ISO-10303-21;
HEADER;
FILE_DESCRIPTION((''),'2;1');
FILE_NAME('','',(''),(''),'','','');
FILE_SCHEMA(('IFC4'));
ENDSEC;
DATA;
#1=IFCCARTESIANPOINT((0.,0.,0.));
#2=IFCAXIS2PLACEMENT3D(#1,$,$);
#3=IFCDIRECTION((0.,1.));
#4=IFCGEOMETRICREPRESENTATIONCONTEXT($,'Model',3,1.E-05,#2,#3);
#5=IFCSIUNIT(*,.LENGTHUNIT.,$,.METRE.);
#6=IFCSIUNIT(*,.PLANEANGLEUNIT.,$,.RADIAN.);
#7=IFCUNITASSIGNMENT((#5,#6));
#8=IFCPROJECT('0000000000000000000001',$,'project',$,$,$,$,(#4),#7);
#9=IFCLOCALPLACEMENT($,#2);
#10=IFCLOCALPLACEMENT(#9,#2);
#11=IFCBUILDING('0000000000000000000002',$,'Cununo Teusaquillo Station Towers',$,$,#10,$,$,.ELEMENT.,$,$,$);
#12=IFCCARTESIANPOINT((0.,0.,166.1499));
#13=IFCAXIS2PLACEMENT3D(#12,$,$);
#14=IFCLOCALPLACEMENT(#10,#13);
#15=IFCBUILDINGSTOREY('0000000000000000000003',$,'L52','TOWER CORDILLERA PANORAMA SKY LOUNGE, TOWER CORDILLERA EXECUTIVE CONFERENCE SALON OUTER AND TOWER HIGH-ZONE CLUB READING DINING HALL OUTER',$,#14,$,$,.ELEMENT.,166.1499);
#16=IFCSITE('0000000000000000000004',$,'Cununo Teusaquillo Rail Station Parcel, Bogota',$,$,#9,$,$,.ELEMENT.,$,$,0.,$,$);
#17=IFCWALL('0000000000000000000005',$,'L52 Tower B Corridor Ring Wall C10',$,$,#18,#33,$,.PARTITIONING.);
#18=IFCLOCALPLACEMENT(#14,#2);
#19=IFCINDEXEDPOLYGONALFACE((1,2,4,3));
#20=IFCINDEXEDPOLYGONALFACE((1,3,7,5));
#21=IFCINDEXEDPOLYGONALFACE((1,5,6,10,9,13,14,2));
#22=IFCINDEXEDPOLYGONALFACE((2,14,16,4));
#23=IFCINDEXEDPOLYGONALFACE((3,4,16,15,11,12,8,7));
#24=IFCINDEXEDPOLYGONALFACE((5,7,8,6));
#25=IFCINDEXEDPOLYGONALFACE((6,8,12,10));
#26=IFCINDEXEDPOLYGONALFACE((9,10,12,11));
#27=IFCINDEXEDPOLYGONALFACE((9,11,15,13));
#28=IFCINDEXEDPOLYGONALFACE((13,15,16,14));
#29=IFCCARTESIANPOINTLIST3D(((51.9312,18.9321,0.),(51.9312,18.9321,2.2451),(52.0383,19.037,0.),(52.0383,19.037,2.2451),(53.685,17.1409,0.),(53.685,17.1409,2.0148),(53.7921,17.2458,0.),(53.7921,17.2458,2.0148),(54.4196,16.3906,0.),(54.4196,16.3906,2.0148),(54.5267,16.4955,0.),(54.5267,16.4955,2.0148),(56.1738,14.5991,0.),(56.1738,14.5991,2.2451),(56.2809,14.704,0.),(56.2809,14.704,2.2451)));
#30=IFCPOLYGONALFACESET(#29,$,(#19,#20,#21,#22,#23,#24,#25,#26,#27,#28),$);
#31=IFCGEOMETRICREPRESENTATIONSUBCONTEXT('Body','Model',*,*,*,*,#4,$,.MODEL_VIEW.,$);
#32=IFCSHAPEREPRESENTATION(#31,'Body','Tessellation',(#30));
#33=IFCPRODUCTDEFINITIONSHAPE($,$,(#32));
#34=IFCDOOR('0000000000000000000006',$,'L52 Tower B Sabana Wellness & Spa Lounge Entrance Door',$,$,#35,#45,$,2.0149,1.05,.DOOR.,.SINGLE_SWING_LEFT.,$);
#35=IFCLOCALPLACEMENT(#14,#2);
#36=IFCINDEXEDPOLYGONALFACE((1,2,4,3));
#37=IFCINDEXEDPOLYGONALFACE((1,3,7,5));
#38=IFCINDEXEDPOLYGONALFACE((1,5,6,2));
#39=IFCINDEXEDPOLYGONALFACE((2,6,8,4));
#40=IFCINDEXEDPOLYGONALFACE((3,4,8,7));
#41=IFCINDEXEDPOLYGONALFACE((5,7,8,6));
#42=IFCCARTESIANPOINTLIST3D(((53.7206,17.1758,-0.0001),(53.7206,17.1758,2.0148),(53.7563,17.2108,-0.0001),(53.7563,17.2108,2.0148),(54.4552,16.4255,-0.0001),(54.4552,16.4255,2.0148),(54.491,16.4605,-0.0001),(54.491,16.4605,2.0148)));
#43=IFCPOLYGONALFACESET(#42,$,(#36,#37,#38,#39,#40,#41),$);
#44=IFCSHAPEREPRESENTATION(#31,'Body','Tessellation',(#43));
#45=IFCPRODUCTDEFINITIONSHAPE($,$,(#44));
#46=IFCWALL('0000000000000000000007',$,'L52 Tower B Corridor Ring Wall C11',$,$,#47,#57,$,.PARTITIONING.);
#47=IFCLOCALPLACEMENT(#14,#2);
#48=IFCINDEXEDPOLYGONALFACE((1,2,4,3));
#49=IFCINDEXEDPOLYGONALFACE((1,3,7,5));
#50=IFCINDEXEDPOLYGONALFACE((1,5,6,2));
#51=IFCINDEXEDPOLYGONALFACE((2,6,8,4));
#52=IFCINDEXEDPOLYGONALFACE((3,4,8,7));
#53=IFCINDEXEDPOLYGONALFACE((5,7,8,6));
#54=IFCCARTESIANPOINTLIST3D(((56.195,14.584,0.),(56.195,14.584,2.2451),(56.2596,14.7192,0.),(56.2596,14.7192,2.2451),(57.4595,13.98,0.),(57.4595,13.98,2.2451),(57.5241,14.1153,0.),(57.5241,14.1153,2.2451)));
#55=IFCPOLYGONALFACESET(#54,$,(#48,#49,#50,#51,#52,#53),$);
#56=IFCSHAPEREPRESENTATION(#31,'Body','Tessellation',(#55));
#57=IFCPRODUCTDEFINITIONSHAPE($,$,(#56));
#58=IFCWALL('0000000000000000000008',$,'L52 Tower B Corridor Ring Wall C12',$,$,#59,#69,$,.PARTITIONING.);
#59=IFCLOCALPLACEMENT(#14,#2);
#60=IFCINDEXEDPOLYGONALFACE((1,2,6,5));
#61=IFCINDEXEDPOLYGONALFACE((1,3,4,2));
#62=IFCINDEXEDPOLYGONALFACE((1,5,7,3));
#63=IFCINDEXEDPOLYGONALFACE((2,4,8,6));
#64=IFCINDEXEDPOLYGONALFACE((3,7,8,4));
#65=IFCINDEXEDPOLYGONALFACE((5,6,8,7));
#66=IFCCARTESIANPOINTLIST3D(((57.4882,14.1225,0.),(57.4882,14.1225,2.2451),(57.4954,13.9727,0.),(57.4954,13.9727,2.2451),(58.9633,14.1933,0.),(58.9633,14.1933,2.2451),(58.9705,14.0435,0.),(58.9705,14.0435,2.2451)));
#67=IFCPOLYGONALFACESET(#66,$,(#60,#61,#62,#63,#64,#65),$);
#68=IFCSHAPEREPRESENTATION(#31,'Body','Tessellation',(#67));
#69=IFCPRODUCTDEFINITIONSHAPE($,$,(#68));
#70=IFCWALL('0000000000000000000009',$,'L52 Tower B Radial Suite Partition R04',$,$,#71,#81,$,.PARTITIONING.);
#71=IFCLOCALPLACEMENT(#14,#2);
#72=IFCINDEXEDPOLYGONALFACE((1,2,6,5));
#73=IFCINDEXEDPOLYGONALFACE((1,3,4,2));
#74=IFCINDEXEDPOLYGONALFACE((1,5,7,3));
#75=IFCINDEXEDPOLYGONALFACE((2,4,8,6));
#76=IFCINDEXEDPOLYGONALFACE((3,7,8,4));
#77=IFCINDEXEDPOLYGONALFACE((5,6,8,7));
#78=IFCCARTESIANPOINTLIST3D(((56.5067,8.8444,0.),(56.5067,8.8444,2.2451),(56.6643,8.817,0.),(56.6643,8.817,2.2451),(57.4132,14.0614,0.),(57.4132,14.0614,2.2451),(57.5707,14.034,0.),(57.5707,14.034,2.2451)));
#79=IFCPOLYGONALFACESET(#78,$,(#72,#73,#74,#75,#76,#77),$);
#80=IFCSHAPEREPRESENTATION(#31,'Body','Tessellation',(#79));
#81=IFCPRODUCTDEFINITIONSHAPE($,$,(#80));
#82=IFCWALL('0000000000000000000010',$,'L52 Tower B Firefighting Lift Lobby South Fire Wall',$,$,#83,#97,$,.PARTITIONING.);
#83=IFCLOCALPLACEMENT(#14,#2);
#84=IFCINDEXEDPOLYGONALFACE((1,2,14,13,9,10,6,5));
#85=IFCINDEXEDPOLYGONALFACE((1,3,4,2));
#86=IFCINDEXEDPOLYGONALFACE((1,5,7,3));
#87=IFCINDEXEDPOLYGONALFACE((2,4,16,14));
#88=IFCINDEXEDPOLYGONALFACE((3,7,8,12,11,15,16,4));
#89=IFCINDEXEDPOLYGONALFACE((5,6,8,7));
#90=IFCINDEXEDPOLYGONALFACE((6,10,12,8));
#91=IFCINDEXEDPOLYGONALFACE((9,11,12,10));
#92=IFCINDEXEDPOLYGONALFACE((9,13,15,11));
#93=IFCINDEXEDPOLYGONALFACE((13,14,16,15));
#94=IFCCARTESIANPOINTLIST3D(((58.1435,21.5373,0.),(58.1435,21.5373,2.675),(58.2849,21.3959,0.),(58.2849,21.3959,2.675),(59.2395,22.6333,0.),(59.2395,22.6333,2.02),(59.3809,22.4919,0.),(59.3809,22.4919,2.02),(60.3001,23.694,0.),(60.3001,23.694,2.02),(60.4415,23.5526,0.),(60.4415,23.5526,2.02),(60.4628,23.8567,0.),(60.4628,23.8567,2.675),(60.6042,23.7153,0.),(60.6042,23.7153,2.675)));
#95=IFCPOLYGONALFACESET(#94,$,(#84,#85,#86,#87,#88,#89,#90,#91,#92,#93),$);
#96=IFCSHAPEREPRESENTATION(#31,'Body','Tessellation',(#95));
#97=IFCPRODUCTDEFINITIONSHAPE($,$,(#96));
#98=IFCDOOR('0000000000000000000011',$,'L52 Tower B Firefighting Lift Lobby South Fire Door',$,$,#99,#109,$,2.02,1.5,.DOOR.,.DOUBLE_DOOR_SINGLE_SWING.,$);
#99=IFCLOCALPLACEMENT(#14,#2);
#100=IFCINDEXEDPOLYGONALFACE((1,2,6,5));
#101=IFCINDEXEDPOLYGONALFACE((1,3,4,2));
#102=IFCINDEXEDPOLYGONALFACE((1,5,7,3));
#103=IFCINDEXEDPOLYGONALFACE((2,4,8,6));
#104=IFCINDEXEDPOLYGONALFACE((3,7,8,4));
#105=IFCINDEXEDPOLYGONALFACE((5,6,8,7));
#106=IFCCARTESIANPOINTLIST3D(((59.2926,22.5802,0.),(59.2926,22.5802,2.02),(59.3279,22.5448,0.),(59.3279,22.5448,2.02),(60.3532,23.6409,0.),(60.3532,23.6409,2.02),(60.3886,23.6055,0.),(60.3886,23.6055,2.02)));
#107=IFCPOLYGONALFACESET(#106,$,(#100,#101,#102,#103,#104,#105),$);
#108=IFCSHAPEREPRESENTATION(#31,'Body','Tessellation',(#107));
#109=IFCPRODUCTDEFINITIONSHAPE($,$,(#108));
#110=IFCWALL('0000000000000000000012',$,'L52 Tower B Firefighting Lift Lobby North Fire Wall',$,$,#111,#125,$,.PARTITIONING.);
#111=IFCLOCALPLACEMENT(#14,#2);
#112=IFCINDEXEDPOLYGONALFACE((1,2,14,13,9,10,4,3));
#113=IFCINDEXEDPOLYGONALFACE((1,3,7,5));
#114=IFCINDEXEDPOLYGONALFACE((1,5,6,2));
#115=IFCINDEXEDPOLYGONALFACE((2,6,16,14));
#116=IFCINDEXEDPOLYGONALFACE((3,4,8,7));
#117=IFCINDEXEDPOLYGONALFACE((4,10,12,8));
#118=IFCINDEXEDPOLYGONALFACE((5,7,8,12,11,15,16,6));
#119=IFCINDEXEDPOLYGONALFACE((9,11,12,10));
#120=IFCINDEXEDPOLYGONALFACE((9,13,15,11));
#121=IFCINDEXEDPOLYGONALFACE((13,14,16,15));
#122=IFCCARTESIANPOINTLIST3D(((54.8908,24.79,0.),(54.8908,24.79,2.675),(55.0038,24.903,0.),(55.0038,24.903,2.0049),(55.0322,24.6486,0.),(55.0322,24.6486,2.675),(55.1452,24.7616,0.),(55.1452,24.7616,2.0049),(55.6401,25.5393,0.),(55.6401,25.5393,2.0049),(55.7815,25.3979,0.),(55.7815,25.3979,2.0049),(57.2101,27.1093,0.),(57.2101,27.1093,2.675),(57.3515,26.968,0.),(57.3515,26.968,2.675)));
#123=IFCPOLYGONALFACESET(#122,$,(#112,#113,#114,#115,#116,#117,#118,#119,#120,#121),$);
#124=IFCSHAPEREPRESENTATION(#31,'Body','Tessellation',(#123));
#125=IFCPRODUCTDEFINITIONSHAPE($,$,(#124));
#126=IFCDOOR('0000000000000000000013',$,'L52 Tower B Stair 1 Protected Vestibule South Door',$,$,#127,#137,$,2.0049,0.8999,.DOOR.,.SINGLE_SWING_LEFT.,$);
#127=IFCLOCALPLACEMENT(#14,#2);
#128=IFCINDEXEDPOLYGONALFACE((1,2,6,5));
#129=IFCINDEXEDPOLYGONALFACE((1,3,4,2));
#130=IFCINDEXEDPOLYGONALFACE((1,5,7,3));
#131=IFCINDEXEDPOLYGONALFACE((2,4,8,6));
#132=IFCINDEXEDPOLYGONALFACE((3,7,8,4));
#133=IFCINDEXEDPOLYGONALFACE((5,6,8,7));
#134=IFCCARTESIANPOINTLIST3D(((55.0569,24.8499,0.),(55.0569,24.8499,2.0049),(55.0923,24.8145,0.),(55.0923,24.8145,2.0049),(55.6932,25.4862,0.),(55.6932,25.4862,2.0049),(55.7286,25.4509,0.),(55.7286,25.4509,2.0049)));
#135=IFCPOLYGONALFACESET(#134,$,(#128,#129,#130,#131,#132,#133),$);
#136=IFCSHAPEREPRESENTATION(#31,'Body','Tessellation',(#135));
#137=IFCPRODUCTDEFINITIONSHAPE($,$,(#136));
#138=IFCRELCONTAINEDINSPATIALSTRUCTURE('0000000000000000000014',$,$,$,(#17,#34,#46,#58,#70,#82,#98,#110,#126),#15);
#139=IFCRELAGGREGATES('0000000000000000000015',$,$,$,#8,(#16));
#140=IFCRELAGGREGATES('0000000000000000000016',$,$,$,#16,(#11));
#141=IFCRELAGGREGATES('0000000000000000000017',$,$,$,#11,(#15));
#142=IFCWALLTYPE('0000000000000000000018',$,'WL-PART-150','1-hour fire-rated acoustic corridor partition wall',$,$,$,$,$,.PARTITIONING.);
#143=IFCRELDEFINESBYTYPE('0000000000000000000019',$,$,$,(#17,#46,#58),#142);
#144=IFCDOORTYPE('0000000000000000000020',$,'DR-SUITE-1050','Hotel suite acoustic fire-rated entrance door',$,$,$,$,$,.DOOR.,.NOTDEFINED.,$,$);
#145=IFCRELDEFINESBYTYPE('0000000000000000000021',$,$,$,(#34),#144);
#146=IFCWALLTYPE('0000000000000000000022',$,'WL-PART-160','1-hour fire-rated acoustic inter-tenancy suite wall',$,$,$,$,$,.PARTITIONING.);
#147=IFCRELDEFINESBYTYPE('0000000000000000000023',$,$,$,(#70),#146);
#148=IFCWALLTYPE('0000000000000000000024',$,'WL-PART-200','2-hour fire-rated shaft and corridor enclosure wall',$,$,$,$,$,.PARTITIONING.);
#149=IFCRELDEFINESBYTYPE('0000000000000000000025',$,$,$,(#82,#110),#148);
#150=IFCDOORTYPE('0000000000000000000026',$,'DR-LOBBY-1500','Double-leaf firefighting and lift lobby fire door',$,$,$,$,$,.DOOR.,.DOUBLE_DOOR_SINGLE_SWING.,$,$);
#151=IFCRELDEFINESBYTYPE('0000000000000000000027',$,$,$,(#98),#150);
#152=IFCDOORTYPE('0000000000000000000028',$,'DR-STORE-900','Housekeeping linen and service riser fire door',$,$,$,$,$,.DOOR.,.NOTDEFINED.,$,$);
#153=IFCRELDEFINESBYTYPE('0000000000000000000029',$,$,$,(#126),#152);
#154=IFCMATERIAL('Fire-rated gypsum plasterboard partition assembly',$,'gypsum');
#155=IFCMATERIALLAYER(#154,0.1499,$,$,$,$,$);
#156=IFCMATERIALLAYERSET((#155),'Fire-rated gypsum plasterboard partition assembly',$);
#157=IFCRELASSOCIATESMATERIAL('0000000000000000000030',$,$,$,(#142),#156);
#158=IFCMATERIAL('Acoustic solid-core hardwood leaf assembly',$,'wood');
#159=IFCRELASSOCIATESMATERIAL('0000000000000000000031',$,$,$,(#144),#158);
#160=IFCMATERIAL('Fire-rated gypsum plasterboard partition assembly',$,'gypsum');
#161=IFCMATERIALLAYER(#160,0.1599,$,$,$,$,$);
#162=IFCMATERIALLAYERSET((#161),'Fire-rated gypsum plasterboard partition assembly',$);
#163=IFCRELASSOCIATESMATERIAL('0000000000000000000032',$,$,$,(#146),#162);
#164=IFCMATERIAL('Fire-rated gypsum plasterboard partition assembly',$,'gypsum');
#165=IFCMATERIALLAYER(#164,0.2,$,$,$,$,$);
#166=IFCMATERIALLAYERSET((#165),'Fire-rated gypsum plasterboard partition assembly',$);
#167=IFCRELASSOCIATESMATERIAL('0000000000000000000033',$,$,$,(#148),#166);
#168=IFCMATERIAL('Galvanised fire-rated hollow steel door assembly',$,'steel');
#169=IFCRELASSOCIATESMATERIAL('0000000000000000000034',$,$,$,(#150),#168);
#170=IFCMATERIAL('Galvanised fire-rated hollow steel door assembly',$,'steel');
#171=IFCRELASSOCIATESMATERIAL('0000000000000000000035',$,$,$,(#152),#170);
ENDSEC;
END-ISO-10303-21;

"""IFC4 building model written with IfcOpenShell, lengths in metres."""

from ifc_helpers import new_model, si_unit, direction, frame, frame_2d, origin, place, context, subcontext, project, spatial, rectangle, extrude, source, transform, mapped, material, layer, layer_set, type_object, element, fill, save


model = new_model("IFC4")

# Units and contexts
model_context = context("Model", 3, precision=1e-05, world=origin(), true_north=direction((0.0, 1.0)))
body_context = subcontext(model_context, "Body", "Model", "MODEL_VIEW")
ifc_project = project(units=[si_unit("LENGTHUNIT", "METRE"), si_unit("PLANEANGLEUNIT", "RADIAN")], contexts=[model_context])

# Site, building, storey
site_placement = place(None, origin())
site = spatial("IfcSite", under=ifc_project, at=site_placement, Name="Cununo Teusaquillo Rail Station Parcel, Bogota", CompositionType="ELEMENT", RefElevation=0.0)
building_placement = place(site_placement, origin())
building = spatial("IfcBuilding", under=site, at=building_placement, Name="Cununo Teusaquillo Station Towers", CompositionType="ELEMENT")
storey_placement = place(building_placement, frame((0.0, 0.0, 166.1499)))
storey = spatial("IfcBuildingStorey", under=building, at=storey_placement, Name="L52", Description="TOWER CORDILLERA PANORAMA SKY LOUNGE, TOWER CORDILLERA EXECUTIVE CONFERENCE SALON OUTER AND TOWER HIGH-ZONE CLUB READING DINING HALL OUTER", CompositionType="ELEMENT", Elevation=166.1499)

# Wall, opening, door
ifc_material_1 = material(Name="Fire-rated gypsum plasterboard partition assembly", Category="gypsum")
ifc_layer_1 = layer(ifc_material_1, 0.1499)
ifc_layer_set_1 = layer_set([ifc_layer_1], Name="Fire-rated gypsum plasterboard partition assembly")
wall_type_1 = type_object("IfcWallType", Name="WL-PART-150", Description="1-hour fire-rated acoustic corridor partition wall", PredefinedType="PARTITIONING", material=ifc_layer_set_1)
wall_1_placement = place(storey_placement, frame((51.9846, 18.9846, 0.0), z_axis=(0.0, 0.0, 1.0), x_axis=(0.69962, -0.714515, 0.0)))
wall_1 = element("IfcWall", 1, at=wall_1_placement, inside=storey, type_object=wall_type_1, Name="L52 Tower B Corridor Ring Wall C10", PredefinedType="PARTITIONING", context=body_context, shape_type="SweptSolid", body=[
    extrude(rectangle(XDim=6.0642, YDim=0.1499, at=frame_2d((3.0322, 0.0))), origin(), (0.0, 0.0, 1.0), 2.2451),
])
shared_shape_1 = source(origin(), body_context, "Body", "SweptSolid", [
    extrude(rectangle(XDim=1.05, YDim=2.0149, at=frame_2d((0.5249, 1.0073))), frame((0.0, 0.085, 0.0), z_axis=(0.0, -1.0, 0.0), x_axis=(1.0, 0.0, 0.0)), (0.0, 0.0, 1.0), 0.1699),
])
opening_1_placement = place(wall_1_placement, frame((2.5071, 0.0, 0.0)))
opening_1 = element("IfcOpeningElement", 2, at=opening_1_placement, cuts=wall_1, PredefinedType="OPENING", context=body_context, shape_type="MappedRepresentation", body=[
    mapped(shared_shape_1, transform((0.0, 0.0, 0.0), x_axis=(1.0, 0.0, 0.0), y_axis=(0.0, 1.0, 0.0), z_axis=(0.0, 0.0, 1.0), scale=1.0)),
])
ifc_material_2 = material(Name="Acoustic solid-core hardwood leaf assembly", Category="wood")
door_type_1 = type_object("IfcDoorType", Name="DR-SUITE-1050", Description="Hotel suite acoustic fire-rated entrance door", OperationType="NOTDEFINED", PredefinedType="DOOR", material=ifc_material_2)
shared_shape_2 = source(origin(), body_context, "Body", "SweptSolid", [
    extrude(rectangle(XDim=1.05, YDim=2.0149, at=frame_2d((0.5249, 1.0073))), frame((0.0, 0.0249, 0.0), z_axis=(0.0, -1.0, 0.0), x_axis=(1.0, 0.0, 0.0)), (0.0, 0.0, 1.0), 0.05),
])
door_1_placement = place(opening_1_placement, origin())
door_1 = element("IfcDoor", 3, at=door_1_placement, inside=storey, type_object=door_type_1, Name="L52 Tower B Sabana Wellness & Spa Lounge Entrance Door", OperationType="SINGLE_SWING_LEFT", OverallHeight=2.0149, OverallWidth=1.05, PredefinedType="DOOR", context=body_context, shape_type="MappedRepresentation", body=[
    mapped(shared_shape_2, transform((0.0, 0.0, 0.0), x_axis=(1.0, 0.0, 0.0), y_axis=(0.0, 1.0, 0.0), z_axis=(0.0, 0.0, 1.0), scale=1.0)),
])
fill(opening_1, door_1)

# Walls
wall_2_placement = place(storey_placement, frame((56.2273, 14.6516, 0.0), z_axis=(0.0, 0.0, 1.0), x_axis=(0.902364, -0.430975, 0.0)))
element("IfcWall", 4, at=wall_2_placement, inside=storey, type_object=wall_type_1, Name="L52 Tower B Corridor Ring Wall C11", PredefinedType="PARTITIONING", context=body_context, shape_type="SweptSolid", body=[
    extrude(rectangle(XDim=1.4014, YDim=0.1499, at=frame_2d((0.7007, 0.0))), origin(), (0.0, 0.0, 1.0), 2.2451),
])
wall_3_placement = place(storey_placement, frame((57.4919, 14.0476, 0.0), z_axis=(0.0, 0.0, 1.0), x_axis=(0.99885, 0.047942, 0.0)))
element("IfcWall", 5, at=wall_3_placement, inside=storey, type_object=wall_type_1, Name="L52 Tower B Corridor Ring Wall C12", PredefinedType="PARTITIONING", context=body_context, shape_type="SweptSolid", body=[
    extrude(rectangle(XDim=1.4768, YDim=0.1499, at=frame_2d((0.7383, 0.0))), origin(), (0.0, 0.0, 1.0), 2.2451),
])
ifc_material_3 = material(Name="Fire-rated gypsum plasterboard partition assembly", Category="gypsum")
ifc_layer_2 = layer(ifc_material_3, 0.1599)
ifc_layer_set_2 = layer_set([ifc_layer_2], Name="Fire-rated gypsum plasterboard partition assembly")
wall_type_2 = type_object("IfcWallType", Name="WL-PART-160", Description="1-hour fire-rated acoustic inter-tenancy suite wall", PredefinedType="PARTITIONING", material=ifc_layer_set_2)
wall_4_placement = place(storey_placement, frame((57.4919, 14.0476, 0.0), z_axis=(0.0, 0.0, 1.0), x_axis=(-0.171191, -0.985238, 0.0)))
element("IfcWall", 6, at=wall_4_placement, inside=storey, type_object=wall_type_2, Name="L52 Tower B Radial Suite Partition R04", PredefinedType="PARTITIONING", context=body_context, shape_type="SweptSolid", body=[
    extrude(rectangle(XDim=5.2952, YDim=0.1599, at=frame_2d((2.6475, 0.0))), origin(), (0.0, 0.0, 1.0), 2.2451),
])

# Walls, openings, doors
ifc_material_4 = material(Name="Fire-rated gypsum plasterboard partition assembly", Category="gypsum")
ifc_layer_3 = layer(ifc_material_4, 0.2)
ifc_layer_set_3 = layer_set([ifc_layer_3], Name="Fire-rated gypsum plasterboard partition assembly")
wall_type_3 = type_object("IfcWallType", Name="WL-PART-200", Description="2-hour fire-rated shaft and corridor enclosure wall", PredefinedType="PARTITIONING", material=ifc_layer_set_3)
wall_5_placement = place(storey_placement, frame((58.2141, 21.4666, 0.0), z_axis=(0.0, 0.0, 1.0), x_axis=(0.707107, 0.707107, 0.0)))
wall_5 = element("IfcWall", 7, at=wall_5_placement, inside=storey, type_object=wall_type_3, Name="L52 Tower B Firefighting Lift Lobby South Fire Wall", PredefinedType="PARTITIONING", context=body_context, shape_type="SweptSolid", body=[
    extrude(rectangle(XDim=3.28, YDim=0.2, at=frame_2d((1.6401, 0.0))), origin(), (0.0, 0.0, 1.0), 2.675),
])
shared_shape_3 = source(origin(), body_context, "Body", "SweptSolid", [
    extrude(rectangle(XDim=1.5, YDim=2.02, at=frame_2d((0.75, 1.01))), frame((0.0, 0.1099, 0.0), z_axis=(0.0, -1.0, 0.0), x_axis=(1.0, 0.0, 0.0)), (0.0, 0.0, 1.0), 0.22),
])
opening_2_placement = place(wall_5_placement, frame((1.55, 0.0, 0.0)))
opening_2 = element("IfcOpeningElement", 8, at=opening_2_placement, cuts=wall_5, PredefinedType="OPENING", context=body_context, shape_type="MappedRepresentation", body=[
    mapped(shared_shape_3, transform((0.0, 0.0, 0.0), x_axis=(1.0, 0.0, 0.0), y_axis=(0.0, 1.0, 0.0), z_axis=(0.0, 0.0, 1.0), scale=1.0)),
])
ifc_material_5 = material(Name="Galvanised fire-rated hollow steel door assembly", Category="steel")
door_type_2 = type_object("IfcDoorType", Name="DR-LOBBY-1500", Description="Double-leaf firefighting and lift lobby fire door", OperationType="DOUBLE_DOOR_SINGLE_SWING", PredefinedType="DOOR", material=ifc_material_5)
shared_shape_4 = source(origin(), body_context, "Body", "SweptSolid", [
    extrude(rectangle(XDim=1.5, YDim=2.02, at=frame_2d((0.75, 1.01))), frame((0.0, 0.0249, 0.0), z_axis=(0.0, -1.0, 0.0), x_axis=(1.0, 0.0, 0.0)), (0.0, 0.0, 1.0), 0.05),
])
door_2_placement = place(opening_2_placement, origin())
door_2 = element("IfcDoor", 9, at=door_2_placement, inside=storey, type_object=door_type_2, Name="L52 Tower B Firefighting Lift Lobby South Fire Door", OperationType="DOUBLE_DOOR_SINGLE_SWING", OverallHeight=2.02, OverallWidth=1.5, PredefinedType="DOOR", context=body_context, shape_type="MappedRepresentation", body=[
    mapped(shared_shape_4, transform((0.0, 0.0, 0.0), x_axis=(1.0, 0.0, 0.0), y_axis=(0.0, 1.0, 0.0), z_axis=(0.0, 0.0, 1.0), scale=1.0)),
])
fill(opening_2, door_2)
wall_6_placement = place(storey_placement, frame((54.9614, 24.7192, 0.0), z_axis=(0.0, 0.0, 1.0), x_axis=(0.707107, 0.707107, 0.0)))
wall_6 = element("IfcWall", 10, at=wall_6_placement, inside=storey, type_object=wall_type_3, Name="L52 Tower B Firefighting Lift Lobby North Fire Wall", PredefinedType="PARTITIONING", context=body_context, shape_type="SweptSolid", body=[
    extrude(rectangle(XDim=3.28, YDim=0.2, at=frame_2d((1.6401, 0.0))), origin(), (0.0, 0.0, 1.0), 2.675),
])
shared_shape_5 = source(origin(), body_context, "Body", "SweptSolid", [
    extrude(rectangle(XDim=0.8999, YDim=2.0049, at=frame_2d((0.45, 1.0024))), frame((0.0, 0.1099, 0.0), z_axis=(0.0, -1.0, 0.0), x_axis=(1.0, 0.0, 0.0)), (0.0, 0.0, 1.0), 0.22),
])
opening_3_placement = place(wall_6_placement, frame((0.1599, 0.0, 0.0)))
opening_3 = element("IfcOpeningElement", 11, at=opening_3_placement, cuts=wall_6, PredefinedType="OPENING", context=body_context, shape_type="MappedRepresentation", body=[
    mapped(shared_shape_5, transform((0.0, 0.0, 0.0), x_axis=(1.0, 0.0, 0.0), y_axis=(0.0, 1.0, 0.0), z_axis=(0.0, 0.0, 1.0), scale=1.0)),
])
ifc_material_6 = material(Name="Galvanised fire-rated hollow steel door assembly", Category="steel")
door_type_3 = type_object("IfcDoorType", Name="DR-STORE-900", Description="Housekeeping linen and service riser fire door", OperationType="NOTDEFINED", PredefinedType="DOOR", material=ifc_material_6)
shared_shape_6 = source(origin(), body_context, "Body", "SweptSolid", [
    extrude(rectangle(XDim=0.8999, YDim=2.0049, at=frame_2d((0.45, 1.0024))), frame((0.0, 0.0249, 0.0), z_axis=(0.0, -1.0, 0.0), x_axis=(1.0, 0.0, 0.0)), (0.0, 0.0, 1.0), 0.05),
])
door_3_placement = place(opening_3_placement, origin())
door_3 = element("IfcDoor", 12, at=door_3_placement, inside=storey, type_object=door_type_3, Name="L52 Tower B Stair 1 Protected Vestibule South Door", OperationType="SINGLE_SWING_LEFT", OverallHeight=2.0049, OverallWidth=0.8999, PredefinedType="DOOR", context=body_context, shape_type="MappedRepresentation", body=[
    mapped(shared_shape_6, transform((0.0, 0.0, 0.0), x_axis=(1.0, 0.0, 0.0), y_axis=(0.0, 1.0, 0.0), z_axis=(0.0, 0.0, 1.0), scale=1.0)),
])
fill(opening_3, door_3)

save(model, "model.ifc")
